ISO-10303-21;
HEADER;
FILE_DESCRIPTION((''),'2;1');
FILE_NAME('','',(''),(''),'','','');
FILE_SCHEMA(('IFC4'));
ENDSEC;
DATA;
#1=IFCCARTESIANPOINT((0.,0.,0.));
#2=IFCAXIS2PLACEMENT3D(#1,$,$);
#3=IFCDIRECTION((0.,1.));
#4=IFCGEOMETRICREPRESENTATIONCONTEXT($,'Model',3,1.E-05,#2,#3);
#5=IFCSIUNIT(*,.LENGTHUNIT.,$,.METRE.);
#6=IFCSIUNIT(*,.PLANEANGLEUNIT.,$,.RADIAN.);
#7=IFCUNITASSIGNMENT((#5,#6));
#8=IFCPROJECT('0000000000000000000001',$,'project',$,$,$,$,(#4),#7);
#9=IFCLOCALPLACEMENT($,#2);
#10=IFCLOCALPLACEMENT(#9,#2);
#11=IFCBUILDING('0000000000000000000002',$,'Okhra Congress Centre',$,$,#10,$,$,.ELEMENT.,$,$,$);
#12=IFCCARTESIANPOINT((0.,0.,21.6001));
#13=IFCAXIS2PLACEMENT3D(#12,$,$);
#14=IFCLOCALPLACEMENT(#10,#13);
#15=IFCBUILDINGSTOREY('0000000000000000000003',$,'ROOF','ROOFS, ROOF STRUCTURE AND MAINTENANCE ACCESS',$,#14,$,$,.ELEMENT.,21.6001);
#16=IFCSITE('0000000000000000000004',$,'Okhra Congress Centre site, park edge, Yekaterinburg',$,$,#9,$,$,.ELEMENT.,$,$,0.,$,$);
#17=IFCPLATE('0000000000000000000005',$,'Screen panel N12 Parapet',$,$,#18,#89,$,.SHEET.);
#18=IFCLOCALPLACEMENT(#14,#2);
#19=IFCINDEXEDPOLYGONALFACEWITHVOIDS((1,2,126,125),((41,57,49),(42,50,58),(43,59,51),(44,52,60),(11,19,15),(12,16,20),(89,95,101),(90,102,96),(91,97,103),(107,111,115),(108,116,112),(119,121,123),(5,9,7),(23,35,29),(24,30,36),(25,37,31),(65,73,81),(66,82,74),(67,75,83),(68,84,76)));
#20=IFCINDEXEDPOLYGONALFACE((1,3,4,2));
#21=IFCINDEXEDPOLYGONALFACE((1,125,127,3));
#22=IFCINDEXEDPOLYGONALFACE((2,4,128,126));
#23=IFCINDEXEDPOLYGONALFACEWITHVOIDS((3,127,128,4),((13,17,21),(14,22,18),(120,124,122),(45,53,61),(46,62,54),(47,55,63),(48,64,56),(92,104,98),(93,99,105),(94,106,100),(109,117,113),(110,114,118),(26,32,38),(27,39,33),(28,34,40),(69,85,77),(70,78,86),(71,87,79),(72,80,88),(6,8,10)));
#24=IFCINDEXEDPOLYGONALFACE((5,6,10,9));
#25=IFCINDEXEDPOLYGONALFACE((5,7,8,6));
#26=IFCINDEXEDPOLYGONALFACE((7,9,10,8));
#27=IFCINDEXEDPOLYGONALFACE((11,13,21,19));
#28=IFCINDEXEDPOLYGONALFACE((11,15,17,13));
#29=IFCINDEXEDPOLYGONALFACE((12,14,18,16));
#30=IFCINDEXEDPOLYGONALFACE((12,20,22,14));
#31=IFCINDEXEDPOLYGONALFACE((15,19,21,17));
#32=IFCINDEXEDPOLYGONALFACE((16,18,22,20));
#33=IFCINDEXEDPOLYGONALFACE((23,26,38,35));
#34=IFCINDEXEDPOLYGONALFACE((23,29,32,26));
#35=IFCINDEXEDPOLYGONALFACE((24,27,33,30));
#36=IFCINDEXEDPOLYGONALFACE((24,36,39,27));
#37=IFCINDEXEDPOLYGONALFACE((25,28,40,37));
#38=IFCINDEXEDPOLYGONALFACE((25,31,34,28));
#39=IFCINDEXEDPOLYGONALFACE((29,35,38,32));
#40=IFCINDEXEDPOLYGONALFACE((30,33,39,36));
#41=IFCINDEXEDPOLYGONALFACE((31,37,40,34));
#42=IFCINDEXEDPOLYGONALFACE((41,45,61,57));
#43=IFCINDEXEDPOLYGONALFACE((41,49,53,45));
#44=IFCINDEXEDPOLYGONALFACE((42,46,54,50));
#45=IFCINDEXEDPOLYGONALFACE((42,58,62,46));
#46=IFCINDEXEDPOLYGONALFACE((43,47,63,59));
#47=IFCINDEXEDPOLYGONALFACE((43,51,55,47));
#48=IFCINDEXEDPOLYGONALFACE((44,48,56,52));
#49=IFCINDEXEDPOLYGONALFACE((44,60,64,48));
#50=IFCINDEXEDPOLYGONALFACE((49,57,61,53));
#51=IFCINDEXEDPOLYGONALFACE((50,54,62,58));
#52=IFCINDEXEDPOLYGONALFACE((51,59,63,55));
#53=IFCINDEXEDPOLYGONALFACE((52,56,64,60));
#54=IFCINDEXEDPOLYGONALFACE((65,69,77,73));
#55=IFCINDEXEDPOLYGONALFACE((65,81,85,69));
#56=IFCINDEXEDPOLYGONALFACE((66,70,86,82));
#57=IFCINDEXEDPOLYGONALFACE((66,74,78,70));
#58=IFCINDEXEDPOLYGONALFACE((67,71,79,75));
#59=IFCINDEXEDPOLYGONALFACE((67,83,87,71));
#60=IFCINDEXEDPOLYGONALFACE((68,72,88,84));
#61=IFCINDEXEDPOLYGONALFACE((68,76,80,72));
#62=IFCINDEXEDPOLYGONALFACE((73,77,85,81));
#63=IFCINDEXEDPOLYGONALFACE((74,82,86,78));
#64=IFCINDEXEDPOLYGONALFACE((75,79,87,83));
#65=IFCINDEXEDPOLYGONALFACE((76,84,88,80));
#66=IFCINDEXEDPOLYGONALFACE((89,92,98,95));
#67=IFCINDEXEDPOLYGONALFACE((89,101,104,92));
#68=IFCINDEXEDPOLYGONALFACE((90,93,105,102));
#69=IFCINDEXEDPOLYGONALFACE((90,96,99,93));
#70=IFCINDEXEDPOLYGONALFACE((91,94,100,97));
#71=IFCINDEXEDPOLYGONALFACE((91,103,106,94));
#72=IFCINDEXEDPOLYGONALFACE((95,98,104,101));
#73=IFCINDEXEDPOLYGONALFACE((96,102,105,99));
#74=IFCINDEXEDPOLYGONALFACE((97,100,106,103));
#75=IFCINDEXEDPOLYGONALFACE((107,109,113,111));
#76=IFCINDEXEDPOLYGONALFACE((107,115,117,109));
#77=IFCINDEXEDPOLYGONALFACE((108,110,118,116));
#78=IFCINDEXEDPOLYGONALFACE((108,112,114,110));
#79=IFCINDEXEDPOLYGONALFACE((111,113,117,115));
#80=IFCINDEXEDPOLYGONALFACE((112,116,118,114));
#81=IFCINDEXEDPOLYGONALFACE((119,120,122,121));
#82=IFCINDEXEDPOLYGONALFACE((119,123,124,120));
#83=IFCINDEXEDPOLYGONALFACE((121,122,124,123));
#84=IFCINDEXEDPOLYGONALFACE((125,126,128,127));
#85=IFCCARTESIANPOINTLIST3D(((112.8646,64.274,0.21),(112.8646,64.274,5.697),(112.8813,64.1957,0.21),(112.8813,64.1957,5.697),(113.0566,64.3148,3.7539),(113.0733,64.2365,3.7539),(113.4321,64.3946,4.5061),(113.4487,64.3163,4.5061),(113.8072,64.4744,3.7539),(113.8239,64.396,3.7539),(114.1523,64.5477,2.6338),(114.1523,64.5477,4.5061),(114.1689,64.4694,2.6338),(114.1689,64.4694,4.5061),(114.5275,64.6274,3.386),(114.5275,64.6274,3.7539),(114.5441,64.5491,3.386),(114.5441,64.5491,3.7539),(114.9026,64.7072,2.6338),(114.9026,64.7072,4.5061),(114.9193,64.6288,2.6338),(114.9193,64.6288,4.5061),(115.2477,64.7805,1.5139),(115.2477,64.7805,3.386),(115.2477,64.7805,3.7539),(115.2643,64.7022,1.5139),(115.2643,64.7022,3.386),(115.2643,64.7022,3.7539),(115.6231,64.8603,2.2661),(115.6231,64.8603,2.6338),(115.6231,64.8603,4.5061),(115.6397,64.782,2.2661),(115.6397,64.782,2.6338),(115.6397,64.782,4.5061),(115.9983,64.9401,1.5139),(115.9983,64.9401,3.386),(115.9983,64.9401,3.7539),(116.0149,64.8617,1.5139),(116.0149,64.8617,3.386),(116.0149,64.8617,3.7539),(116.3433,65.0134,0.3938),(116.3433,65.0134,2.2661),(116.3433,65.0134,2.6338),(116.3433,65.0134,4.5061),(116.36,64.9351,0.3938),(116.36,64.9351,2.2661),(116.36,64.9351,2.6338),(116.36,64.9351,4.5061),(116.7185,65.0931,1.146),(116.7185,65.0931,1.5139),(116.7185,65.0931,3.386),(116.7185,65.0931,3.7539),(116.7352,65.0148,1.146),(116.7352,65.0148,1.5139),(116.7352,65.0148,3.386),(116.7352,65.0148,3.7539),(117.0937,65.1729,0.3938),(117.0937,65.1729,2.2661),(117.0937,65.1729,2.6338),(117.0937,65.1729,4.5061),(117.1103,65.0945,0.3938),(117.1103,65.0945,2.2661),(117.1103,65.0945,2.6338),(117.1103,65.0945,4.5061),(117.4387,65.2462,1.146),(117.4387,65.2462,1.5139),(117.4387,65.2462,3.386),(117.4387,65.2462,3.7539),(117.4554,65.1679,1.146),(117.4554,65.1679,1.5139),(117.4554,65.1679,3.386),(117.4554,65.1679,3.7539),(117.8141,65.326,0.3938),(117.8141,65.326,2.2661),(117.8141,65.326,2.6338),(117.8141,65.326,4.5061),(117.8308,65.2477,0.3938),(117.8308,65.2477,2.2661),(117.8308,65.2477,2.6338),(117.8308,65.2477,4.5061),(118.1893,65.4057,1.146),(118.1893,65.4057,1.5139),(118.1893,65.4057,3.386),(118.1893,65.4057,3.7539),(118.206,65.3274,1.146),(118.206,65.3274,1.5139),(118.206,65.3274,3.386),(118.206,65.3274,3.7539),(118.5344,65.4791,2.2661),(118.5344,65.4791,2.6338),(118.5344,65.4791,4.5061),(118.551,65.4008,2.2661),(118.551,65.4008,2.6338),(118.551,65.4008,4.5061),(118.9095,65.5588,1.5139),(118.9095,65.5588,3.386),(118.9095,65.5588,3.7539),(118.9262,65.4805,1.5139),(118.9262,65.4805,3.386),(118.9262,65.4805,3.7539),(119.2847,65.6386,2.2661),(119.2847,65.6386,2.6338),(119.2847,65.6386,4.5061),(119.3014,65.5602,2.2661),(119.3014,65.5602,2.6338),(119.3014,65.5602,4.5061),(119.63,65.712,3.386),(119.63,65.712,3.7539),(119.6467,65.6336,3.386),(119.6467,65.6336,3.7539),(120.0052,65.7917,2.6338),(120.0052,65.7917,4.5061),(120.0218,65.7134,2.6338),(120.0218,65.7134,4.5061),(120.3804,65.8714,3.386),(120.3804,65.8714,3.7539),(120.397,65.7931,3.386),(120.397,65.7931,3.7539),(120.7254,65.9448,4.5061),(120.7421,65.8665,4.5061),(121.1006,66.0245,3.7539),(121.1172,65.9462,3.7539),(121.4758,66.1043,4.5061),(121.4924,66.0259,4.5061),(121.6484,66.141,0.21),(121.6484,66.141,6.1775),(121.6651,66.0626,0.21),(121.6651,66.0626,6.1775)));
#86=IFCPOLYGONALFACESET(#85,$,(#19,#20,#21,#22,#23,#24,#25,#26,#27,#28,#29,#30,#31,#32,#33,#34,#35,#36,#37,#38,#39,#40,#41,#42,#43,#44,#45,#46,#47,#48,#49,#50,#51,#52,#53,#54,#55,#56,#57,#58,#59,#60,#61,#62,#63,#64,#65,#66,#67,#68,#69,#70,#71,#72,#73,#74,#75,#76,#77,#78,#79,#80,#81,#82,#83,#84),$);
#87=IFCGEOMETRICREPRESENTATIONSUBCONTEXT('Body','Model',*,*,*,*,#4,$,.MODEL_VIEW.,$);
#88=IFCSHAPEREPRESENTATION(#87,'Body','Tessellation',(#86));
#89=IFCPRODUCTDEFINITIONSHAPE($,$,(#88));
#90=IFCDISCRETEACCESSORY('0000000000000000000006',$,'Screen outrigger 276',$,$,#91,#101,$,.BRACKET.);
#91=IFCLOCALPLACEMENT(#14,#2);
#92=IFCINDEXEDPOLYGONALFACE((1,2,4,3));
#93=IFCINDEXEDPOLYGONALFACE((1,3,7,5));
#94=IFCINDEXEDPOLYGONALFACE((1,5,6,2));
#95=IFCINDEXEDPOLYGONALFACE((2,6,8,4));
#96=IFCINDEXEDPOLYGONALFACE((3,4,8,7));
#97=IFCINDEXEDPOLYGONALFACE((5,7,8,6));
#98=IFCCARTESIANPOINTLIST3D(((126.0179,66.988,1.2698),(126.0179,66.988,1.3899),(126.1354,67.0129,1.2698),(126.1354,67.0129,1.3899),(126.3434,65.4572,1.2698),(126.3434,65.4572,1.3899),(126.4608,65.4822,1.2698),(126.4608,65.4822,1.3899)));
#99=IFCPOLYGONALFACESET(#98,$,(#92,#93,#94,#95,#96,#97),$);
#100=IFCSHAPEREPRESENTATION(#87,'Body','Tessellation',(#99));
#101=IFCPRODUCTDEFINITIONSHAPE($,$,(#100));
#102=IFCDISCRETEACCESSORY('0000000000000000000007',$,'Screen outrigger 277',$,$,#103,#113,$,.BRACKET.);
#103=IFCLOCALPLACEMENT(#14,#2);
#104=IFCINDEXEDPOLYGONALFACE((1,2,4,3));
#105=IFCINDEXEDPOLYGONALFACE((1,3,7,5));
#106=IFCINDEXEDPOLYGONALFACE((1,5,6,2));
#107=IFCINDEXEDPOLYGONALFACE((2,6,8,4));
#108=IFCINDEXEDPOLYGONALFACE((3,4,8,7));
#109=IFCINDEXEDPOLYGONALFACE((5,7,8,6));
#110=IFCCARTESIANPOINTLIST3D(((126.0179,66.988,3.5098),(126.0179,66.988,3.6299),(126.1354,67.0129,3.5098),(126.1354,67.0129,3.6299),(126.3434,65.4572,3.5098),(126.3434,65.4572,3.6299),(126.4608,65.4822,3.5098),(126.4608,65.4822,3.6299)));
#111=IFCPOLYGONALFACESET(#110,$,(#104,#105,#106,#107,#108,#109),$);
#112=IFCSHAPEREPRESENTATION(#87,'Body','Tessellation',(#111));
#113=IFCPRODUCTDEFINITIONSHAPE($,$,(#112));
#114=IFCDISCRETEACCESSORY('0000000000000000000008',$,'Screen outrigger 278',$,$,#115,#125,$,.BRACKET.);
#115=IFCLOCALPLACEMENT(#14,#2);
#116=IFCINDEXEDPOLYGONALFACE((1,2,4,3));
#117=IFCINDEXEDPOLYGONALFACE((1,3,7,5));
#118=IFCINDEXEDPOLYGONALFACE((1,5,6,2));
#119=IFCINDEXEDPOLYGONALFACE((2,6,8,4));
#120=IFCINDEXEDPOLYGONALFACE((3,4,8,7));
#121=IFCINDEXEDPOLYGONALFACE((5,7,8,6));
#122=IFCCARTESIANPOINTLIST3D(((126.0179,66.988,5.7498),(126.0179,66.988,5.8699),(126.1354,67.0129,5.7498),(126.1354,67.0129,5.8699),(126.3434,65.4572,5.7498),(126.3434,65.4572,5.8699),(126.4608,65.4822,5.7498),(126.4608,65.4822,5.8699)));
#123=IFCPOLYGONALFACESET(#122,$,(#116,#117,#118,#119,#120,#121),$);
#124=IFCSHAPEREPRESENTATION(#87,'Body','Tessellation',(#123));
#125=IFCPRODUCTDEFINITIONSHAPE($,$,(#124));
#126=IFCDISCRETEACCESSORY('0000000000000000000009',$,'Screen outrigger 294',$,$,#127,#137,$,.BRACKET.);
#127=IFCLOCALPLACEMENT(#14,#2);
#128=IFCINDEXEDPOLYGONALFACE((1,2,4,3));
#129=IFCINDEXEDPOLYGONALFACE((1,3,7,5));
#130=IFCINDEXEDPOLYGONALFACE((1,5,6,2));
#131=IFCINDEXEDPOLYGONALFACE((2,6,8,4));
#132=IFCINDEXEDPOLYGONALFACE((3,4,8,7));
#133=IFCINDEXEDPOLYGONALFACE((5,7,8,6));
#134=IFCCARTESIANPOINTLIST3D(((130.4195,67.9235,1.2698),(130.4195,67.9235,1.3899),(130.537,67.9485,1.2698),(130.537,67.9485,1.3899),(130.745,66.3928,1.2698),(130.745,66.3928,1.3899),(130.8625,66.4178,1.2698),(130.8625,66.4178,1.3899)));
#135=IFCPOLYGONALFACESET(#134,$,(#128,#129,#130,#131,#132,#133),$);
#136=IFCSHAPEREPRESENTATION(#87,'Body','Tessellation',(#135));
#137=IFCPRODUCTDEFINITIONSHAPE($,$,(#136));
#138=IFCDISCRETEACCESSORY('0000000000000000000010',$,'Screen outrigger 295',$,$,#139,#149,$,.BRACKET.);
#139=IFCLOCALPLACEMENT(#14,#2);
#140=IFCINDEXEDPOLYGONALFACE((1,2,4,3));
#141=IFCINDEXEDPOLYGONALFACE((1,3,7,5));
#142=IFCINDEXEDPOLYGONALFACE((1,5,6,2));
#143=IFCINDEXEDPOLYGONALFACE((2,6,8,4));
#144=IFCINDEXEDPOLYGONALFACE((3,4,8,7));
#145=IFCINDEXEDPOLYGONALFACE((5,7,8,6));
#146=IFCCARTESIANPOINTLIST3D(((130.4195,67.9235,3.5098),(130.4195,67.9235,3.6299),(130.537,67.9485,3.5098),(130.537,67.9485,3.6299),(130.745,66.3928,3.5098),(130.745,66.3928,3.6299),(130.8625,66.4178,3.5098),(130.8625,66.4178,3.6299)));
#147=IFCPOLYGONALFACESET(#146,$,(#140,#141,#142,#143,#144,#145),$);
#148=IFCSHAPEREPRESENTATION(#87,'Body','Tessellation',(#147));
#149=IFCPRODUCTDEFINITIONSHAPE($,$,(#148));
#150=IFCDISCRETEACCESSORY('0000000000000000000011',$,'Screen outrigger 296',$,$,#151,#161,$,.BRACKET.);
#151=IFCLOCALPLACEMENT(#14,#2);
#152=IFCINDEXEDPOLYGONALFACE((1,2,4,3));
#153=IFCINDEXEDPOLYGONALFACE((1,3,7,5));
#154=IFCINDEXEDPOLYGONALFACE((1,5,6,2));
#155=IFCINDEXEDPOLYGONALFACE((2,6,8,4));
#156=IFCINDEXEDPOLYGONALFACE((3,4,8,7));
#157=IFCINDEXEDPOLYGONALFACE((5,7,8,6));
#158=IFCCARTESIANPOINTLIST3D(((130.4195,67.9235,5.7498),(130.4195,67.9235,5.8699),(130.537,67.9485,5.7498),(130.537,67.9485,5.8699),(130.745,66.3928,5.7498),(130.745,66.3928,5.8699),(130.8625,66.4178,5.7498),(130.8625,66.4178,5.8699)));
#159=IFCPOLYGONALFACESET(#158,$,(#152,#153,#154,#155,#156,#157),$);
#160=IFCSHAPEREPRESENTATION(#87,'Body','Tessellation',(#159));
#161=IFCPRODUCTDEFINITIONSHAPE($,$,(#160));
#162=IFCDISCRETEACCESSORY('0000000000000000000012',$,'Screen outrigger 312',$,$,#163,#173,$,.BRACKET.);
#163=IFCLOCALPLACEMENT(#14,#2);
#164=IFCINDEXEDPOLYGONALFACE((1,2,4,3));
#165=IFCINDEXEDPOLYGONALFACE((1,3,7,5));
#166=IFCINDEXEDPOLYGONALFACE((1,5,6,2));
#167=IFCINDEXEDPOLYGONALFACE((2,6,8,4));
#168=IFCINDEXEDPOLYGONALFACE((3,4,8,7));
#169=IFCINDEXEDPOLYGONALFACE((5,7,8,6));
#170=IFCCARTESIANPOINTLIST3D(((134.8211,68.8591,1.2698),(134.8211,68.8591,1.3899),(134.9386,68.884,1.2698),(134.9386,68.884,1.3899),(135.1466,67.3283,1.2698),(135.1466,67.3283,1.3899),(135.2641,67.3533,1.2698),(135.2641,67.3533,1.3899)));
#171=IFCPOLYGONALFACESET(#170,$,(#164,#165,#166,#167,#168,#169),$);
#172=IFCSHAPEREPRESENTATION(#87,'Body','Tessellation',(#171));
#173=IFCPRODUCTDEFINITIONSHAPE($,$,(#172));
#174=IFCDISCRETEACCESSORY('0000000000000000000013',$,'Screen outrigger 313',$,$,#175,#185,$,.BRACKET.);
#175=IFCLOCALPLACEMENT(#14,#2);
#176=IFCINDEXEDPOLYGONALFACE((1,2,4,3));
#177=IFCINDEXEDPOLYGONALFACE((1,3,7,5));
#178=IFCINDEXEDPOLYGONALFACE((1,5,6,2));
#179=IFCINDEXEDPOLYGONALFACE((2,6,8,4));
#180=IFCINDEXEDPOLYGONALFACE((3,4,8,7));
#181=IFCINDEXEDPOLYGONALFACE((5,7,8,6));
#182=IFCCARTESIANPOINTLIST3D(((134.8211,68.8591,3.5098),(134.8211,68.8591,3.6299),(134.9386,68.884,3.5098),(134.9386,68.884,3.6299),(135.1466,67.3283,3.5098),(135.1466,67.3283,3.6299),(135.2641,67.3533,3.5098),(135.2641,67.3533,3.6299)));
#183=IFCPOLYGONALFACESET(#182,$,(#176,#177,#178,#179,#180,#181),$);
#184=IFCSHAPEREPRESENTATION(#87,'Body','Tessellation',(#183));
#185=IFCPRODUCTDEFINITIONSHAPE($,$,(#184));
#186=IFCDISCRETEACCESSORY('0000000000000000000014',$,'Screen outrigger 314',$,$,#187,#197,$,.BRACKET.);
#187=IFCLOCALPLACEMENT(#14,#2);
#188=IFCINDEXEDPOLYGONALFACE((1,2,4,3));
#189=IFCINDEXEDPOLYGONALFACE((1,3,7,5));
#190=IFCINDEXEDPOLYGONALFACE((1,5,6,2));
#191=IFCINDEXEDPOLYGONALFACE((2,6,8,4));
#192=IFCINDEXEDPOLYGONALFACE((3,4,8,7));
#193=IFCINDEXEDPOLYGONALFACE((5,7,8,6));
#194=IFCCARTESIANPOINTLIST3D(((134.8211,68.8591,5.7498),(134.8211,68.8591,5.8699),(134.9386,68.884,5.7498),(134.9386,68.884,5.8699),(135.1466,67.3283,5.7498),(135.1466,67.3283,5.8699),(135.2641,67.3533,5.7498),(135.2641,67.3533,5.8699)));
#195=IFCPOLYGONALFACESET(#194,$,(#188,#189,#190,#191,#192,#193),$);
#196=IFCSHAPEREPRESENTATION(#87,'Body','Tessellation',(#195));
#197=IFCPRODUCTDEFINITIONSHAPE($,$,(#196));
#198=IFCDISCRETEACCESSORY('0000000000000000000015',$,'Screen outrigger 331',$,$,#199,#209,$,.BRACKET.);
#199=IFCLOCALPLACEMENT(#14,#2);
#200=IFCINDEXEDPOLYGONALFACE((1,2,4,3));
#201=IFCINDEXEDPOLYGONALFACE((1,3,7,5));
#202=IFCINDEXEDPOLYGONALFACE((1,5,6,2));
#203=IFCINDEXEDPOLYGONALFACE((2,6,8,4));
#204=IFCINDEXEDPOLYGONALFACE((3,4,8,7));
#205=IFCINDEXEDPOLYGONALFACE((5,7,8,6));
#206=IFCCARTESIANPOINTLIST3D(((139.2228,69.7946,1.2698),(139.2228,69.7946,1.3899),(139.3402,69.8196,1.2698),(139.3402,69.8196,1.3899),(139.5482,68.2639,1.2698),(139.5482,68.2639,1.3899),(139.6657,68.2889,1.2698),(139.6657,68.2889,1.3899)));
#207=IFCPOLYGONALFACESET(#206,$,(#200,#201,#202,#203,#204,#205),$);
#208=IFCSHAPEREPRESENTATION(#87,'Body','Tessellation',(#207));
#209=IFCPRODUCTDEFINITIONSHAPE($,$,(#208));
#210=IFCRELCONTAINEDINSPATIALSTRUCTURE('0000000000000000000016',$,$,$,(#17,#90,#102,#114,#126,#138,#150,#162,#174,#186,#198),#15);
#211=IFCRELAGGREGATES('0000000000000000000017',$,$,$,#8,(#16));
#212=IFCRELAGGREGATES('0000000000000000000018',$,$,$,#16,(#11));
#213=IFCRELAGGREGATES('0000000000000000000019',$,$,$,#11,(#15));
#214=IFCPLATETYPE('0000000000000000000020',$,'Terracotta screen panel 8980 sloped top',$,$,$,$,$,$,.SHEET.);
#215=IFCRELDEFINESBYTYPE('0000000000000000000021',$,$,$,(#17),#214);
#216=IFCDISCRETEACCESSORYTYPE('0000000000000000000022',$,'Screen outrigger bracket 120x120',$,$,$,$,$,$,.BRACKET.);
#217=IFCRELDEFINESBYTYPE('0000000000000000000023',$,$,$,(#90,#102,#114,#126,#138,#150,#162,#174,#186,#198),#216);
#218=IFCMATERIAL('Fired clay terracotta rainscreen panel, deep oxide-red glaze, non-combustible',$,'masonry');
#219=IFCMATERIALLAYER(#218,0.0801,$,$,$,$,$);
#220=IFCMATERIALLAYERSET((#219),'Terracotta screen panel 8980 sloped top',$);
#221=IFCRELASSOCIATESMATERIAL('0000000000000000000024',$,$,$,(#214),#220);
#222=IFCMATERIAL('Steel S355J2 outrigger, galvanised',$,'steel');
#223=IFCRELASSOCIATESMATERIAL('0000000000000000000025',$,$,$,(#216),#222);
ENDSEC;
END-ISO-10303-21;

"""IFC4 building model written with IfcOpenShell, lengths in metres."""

from ifc_helpers import new_model, si_unit, direction, frame, origin, origin_2d, place, context, subcontext, project, spatial, polyline, rectangle, outline, extrude, material, layer, layer_set, material_profile, profile_set, type_object, element, save


model = new_model("IFC4")

# Units and contexts
model_context = context("Model", 3, precision=1e-05, world=origin(), true_north=direction((0.0, 1.0)))
body_context = subcontext(model_context, "Body", "Model", "MODEL_VIEW")
ifc_project = project(units=[si_unit("LENGTHUNIT", "METRE"), si_unit("PLANEANGLEUNIT", "RADIAN")], contexts=[model_context])

# Site, building, storey
site_placement = place(None, origin())
site = spatial("IfcSite", under=ifc_project, at=site_placement, Name="Okhra Congress Centre site, park edge, Yekaterinburg", CompositionType="ELEMENT", RefElevation=0.0)
building_placement = place(site_placement, origin())
building = spatial("IfcBuilding", under=site, at=building_placement, Name="Okhra Congress Centre", CompositionType="ELEMENT")
storey_placement = place(building_placement, frame((0.0, 0.0, 21.6001)))
storey = spatial("IfcBuildingStorey", under=building, at=storey_placement, Name="ROOF", Description="ROOFS, ROOF STRUCTURE AND MAINTENANCE ACCESS", CompositionType="ELEMENT", Elevation=21.6001)

# Plate
ifc_material_1 = material(Name="Fired clay terracotta rainscreen panel, deep oxide-red glaze, non-combustible", Category="masonry")
ifc_layer_1 = layer(ifc_material_1, 0.0801)
ifc_layer_set_1 = layer_set([ifc_layer_1], Name="Terracotta screen panel 8980 sloped top")
plate_type = type_object("IfcPlateType", Name="Terracotta screen panel 8980 sloped top", PredefinedType="SHEET", material=ifc_layer_set_1)
plate_1_placement = place(storey_placement, frame((121.6567, 66.1018, 0.21), z_axis=(0.0, 0.0, 1.0), x_axis=(-0.97815, -0.207902, 0.0)))
element("IfcPlate", 1, at=plate_1_placement, inside=storey, type_object=plate_type, Name="Screen panel N12 Parapet", PredefinedType="SHEET", context=body_context, shape_type="SweptSolid", body=[
    extrude(outline(polyline([(0.0, 0.0), (8.98, 0.0), (8.98, 5.4871), (0.0, 5.9675), (0.0, 0.0)]), holes=[polyline([(3.5364, 0.936), (3.9199, 0.1838), (4.3037, 0.936), (3.5364, 0.936)]), polyline([(4.6565, 0.1838), (5.4236, 0.1838), (5.04, 0.936), (4.6565, 0.1838)]), polyline([(2.4165, 2.0562), (2.8, 1.304), (3.1836, 2.0562), (2.4165, 2.0562)]), polyline([(3.5364, 1.304), (4.3037, 1.304), (3.9199, 2.0562), (3.5364, 1.304)]), polyline([(4.6565, 2.0562), (5.04, 1.304), (5.4236, 2.0562), (4.6565, 2.0562)]), polyline([(5.7764, 1.304), (6.5437, 1.304), (6.1599, 2.0562), (5.7764, 1.304)]), polyline([(1.2964, 3.176), (1.6799, 2.4238), (2.0635, 3.176), (1.2964, 3.176)]), polyline([(2.4165, 2.4238), (3.1836, 2.4238), (2.8, 3.176), (2.4165, 2.4238)]), polyline([(3.5364, 3.176), (3.9199, 2.4238), (4.3037, 3.176), (3.5364, 3.176)]), polyline([(4.6565, 2.4238), (5.4236, 2.4238), (5.04, 3.176), (4.6565, 2.4238)]), polyline([(5.7764, 3.176), (6.1599, 2.4238), (6.5437, 3.176), (5.7764, 3.176)]), polyline([(6.8965, 2.4238), (7.6636, 2.4238), (7.28, 3.176), (6.8965, 2.4238)]), polyline([(0.1765, 4.2961), (0.5601, 3.5439), (0.9436, 4.2961), (0.1765, 4.2961)]), polyline([(1.2964, 3.5439), (2.0635, 3.5439), (1.6799, 4.2961), (1.2964, 3.5439)]), polyline([(2.4165, 4.2961), (2.8, 3.5439), (3.1836, 4.2961), (2.4165, 4.2961)]), polyline([(3.5364, 3.5439), (4.3037, 3.5439), (3.9199, 4.2961), (3.5364, 3.5439)]), polyline([(4.6565, 4.2961), (5.04, 3.5439), (5.4236, 4.2961), (4.6565, 4.2961)]), polyline([(5.7764, 3.5439), (6.5437, 3.5439), (6.1599, 4.2961), (5.7764, 3.5439)]), polyline([(6.8965, 4.2961), (7.28, 3.5439), (7.6636, 4.2961), (6.8965, 4.2961)]), polyline([(8.0164, 3.5439), (8.7837, 3.5439), (8.3999, 4.2961), (8.0164, 3.5439)])]), frame((0.0, 0.04, 0.0), z_axis=(0.0, -1.0, 0.0), x_axis=(1.0, 0.0, 0.0)), (0.0, 0.0, 1.0), 0.0801),
])

# Discrete accessories
ifc_material_2 = material(Name="Steel S355J2 outrigger, galvanised", Category="steel")
ifc_material_profile_1 = material_profile(ifc_material_2, rectangle(XDim=0.1201, YDim=0.1201, at=origin_2d()), Name="Screen outrigger bracket 120x120")
ifc_profile_set_1 = profile_set([ifc_material_profile_1], Name="Steel S355J2 outrigger, galvanised")
discrete_accessory_type = type_object("IfcDiscreteAccessoryType", Name="Screen outrigger bracket 120x120", PredefinedType="BRACKET", material=ifc_profile_set_1)
for number, where, z_axis, x_axis, name in (
    (2, (126.4021, 65.4697, 1.3298), (-0.207952, 0.978139, 0.0), (-0.978139, -0.207952, 0.0), "Screen outrigger 276"),
    (3, (126.4021, 65.4697, 3.5698), (-0.207952, 0.978139, 0.0), (-0.978139, -0.207952, 0.0), "Screen outrigger 277"),
    (4, (126.4021, 65.4697, 5.8098), (-0.207952, 0.978139, 0.0), (-0.978139, -0.207952, 0.0), "Screen outrigger 278"),
    (5, (130.8037, 66.4053, 1.3298), (-0.207952, 0.978139, 0.0), (-0.978139, -0.207952, 0.0), "Screen outrigger 294"),
    (6, (130.8037, 66.4053, 3.5698), (-0.207952, 0.978139, 0.0), (-0.978139, -0.207952, 0.0), "Screen outrigger 295"),
    (7, (130.8037, 66.4053, 5.8098), (-0.207952, 0.978139, 0.0), (-0.978139, -0.207952, 0.0), "Screen outrigger 296"),
    (8, (135.2053, 67.3408, 1.3298), (-0.207952, 0.978139, 0.0), (-0.978139, -0.207952, 0.0), "Screen outrigger 312"),
    (9, (135.2053, 67.3408, 3.5698), (-0.207952, 0.978139, 0.0), (-0.978139, -0.207952, 0.0), "Screen outrigger 313"),
    (10, (135.2053, 67.3408, 5.8098), (-0.207952, 0.978139, 0.0), (-0.978139, -0.207952, 0.0), "Screen outrigger 314"),
    (11, (139.6069, 68.2764, 1.3298), (-0.207952, 0.978139, 0.0), (-0.978139, -0.207952, 0.0), "Screen outrigger 331"),
):
    element("IfcDiscreteAccessory", number, at=place(storey_placement, frame(where, z_axis=z_axis, x_axis=x_axis)), inside=storey, type_object=discrete_accessory_type, Name=name, PredefinedType="BRACKET", context=body_context, shape_type="SweptSolid", body=[
        extrude(rectangle(XDim=0.1201, YDim=0.1201, at=origin_2d()), origin(), (0.0, 0.0, 1.0), 1.5649),
    ])

save(model, "model.ifc")
